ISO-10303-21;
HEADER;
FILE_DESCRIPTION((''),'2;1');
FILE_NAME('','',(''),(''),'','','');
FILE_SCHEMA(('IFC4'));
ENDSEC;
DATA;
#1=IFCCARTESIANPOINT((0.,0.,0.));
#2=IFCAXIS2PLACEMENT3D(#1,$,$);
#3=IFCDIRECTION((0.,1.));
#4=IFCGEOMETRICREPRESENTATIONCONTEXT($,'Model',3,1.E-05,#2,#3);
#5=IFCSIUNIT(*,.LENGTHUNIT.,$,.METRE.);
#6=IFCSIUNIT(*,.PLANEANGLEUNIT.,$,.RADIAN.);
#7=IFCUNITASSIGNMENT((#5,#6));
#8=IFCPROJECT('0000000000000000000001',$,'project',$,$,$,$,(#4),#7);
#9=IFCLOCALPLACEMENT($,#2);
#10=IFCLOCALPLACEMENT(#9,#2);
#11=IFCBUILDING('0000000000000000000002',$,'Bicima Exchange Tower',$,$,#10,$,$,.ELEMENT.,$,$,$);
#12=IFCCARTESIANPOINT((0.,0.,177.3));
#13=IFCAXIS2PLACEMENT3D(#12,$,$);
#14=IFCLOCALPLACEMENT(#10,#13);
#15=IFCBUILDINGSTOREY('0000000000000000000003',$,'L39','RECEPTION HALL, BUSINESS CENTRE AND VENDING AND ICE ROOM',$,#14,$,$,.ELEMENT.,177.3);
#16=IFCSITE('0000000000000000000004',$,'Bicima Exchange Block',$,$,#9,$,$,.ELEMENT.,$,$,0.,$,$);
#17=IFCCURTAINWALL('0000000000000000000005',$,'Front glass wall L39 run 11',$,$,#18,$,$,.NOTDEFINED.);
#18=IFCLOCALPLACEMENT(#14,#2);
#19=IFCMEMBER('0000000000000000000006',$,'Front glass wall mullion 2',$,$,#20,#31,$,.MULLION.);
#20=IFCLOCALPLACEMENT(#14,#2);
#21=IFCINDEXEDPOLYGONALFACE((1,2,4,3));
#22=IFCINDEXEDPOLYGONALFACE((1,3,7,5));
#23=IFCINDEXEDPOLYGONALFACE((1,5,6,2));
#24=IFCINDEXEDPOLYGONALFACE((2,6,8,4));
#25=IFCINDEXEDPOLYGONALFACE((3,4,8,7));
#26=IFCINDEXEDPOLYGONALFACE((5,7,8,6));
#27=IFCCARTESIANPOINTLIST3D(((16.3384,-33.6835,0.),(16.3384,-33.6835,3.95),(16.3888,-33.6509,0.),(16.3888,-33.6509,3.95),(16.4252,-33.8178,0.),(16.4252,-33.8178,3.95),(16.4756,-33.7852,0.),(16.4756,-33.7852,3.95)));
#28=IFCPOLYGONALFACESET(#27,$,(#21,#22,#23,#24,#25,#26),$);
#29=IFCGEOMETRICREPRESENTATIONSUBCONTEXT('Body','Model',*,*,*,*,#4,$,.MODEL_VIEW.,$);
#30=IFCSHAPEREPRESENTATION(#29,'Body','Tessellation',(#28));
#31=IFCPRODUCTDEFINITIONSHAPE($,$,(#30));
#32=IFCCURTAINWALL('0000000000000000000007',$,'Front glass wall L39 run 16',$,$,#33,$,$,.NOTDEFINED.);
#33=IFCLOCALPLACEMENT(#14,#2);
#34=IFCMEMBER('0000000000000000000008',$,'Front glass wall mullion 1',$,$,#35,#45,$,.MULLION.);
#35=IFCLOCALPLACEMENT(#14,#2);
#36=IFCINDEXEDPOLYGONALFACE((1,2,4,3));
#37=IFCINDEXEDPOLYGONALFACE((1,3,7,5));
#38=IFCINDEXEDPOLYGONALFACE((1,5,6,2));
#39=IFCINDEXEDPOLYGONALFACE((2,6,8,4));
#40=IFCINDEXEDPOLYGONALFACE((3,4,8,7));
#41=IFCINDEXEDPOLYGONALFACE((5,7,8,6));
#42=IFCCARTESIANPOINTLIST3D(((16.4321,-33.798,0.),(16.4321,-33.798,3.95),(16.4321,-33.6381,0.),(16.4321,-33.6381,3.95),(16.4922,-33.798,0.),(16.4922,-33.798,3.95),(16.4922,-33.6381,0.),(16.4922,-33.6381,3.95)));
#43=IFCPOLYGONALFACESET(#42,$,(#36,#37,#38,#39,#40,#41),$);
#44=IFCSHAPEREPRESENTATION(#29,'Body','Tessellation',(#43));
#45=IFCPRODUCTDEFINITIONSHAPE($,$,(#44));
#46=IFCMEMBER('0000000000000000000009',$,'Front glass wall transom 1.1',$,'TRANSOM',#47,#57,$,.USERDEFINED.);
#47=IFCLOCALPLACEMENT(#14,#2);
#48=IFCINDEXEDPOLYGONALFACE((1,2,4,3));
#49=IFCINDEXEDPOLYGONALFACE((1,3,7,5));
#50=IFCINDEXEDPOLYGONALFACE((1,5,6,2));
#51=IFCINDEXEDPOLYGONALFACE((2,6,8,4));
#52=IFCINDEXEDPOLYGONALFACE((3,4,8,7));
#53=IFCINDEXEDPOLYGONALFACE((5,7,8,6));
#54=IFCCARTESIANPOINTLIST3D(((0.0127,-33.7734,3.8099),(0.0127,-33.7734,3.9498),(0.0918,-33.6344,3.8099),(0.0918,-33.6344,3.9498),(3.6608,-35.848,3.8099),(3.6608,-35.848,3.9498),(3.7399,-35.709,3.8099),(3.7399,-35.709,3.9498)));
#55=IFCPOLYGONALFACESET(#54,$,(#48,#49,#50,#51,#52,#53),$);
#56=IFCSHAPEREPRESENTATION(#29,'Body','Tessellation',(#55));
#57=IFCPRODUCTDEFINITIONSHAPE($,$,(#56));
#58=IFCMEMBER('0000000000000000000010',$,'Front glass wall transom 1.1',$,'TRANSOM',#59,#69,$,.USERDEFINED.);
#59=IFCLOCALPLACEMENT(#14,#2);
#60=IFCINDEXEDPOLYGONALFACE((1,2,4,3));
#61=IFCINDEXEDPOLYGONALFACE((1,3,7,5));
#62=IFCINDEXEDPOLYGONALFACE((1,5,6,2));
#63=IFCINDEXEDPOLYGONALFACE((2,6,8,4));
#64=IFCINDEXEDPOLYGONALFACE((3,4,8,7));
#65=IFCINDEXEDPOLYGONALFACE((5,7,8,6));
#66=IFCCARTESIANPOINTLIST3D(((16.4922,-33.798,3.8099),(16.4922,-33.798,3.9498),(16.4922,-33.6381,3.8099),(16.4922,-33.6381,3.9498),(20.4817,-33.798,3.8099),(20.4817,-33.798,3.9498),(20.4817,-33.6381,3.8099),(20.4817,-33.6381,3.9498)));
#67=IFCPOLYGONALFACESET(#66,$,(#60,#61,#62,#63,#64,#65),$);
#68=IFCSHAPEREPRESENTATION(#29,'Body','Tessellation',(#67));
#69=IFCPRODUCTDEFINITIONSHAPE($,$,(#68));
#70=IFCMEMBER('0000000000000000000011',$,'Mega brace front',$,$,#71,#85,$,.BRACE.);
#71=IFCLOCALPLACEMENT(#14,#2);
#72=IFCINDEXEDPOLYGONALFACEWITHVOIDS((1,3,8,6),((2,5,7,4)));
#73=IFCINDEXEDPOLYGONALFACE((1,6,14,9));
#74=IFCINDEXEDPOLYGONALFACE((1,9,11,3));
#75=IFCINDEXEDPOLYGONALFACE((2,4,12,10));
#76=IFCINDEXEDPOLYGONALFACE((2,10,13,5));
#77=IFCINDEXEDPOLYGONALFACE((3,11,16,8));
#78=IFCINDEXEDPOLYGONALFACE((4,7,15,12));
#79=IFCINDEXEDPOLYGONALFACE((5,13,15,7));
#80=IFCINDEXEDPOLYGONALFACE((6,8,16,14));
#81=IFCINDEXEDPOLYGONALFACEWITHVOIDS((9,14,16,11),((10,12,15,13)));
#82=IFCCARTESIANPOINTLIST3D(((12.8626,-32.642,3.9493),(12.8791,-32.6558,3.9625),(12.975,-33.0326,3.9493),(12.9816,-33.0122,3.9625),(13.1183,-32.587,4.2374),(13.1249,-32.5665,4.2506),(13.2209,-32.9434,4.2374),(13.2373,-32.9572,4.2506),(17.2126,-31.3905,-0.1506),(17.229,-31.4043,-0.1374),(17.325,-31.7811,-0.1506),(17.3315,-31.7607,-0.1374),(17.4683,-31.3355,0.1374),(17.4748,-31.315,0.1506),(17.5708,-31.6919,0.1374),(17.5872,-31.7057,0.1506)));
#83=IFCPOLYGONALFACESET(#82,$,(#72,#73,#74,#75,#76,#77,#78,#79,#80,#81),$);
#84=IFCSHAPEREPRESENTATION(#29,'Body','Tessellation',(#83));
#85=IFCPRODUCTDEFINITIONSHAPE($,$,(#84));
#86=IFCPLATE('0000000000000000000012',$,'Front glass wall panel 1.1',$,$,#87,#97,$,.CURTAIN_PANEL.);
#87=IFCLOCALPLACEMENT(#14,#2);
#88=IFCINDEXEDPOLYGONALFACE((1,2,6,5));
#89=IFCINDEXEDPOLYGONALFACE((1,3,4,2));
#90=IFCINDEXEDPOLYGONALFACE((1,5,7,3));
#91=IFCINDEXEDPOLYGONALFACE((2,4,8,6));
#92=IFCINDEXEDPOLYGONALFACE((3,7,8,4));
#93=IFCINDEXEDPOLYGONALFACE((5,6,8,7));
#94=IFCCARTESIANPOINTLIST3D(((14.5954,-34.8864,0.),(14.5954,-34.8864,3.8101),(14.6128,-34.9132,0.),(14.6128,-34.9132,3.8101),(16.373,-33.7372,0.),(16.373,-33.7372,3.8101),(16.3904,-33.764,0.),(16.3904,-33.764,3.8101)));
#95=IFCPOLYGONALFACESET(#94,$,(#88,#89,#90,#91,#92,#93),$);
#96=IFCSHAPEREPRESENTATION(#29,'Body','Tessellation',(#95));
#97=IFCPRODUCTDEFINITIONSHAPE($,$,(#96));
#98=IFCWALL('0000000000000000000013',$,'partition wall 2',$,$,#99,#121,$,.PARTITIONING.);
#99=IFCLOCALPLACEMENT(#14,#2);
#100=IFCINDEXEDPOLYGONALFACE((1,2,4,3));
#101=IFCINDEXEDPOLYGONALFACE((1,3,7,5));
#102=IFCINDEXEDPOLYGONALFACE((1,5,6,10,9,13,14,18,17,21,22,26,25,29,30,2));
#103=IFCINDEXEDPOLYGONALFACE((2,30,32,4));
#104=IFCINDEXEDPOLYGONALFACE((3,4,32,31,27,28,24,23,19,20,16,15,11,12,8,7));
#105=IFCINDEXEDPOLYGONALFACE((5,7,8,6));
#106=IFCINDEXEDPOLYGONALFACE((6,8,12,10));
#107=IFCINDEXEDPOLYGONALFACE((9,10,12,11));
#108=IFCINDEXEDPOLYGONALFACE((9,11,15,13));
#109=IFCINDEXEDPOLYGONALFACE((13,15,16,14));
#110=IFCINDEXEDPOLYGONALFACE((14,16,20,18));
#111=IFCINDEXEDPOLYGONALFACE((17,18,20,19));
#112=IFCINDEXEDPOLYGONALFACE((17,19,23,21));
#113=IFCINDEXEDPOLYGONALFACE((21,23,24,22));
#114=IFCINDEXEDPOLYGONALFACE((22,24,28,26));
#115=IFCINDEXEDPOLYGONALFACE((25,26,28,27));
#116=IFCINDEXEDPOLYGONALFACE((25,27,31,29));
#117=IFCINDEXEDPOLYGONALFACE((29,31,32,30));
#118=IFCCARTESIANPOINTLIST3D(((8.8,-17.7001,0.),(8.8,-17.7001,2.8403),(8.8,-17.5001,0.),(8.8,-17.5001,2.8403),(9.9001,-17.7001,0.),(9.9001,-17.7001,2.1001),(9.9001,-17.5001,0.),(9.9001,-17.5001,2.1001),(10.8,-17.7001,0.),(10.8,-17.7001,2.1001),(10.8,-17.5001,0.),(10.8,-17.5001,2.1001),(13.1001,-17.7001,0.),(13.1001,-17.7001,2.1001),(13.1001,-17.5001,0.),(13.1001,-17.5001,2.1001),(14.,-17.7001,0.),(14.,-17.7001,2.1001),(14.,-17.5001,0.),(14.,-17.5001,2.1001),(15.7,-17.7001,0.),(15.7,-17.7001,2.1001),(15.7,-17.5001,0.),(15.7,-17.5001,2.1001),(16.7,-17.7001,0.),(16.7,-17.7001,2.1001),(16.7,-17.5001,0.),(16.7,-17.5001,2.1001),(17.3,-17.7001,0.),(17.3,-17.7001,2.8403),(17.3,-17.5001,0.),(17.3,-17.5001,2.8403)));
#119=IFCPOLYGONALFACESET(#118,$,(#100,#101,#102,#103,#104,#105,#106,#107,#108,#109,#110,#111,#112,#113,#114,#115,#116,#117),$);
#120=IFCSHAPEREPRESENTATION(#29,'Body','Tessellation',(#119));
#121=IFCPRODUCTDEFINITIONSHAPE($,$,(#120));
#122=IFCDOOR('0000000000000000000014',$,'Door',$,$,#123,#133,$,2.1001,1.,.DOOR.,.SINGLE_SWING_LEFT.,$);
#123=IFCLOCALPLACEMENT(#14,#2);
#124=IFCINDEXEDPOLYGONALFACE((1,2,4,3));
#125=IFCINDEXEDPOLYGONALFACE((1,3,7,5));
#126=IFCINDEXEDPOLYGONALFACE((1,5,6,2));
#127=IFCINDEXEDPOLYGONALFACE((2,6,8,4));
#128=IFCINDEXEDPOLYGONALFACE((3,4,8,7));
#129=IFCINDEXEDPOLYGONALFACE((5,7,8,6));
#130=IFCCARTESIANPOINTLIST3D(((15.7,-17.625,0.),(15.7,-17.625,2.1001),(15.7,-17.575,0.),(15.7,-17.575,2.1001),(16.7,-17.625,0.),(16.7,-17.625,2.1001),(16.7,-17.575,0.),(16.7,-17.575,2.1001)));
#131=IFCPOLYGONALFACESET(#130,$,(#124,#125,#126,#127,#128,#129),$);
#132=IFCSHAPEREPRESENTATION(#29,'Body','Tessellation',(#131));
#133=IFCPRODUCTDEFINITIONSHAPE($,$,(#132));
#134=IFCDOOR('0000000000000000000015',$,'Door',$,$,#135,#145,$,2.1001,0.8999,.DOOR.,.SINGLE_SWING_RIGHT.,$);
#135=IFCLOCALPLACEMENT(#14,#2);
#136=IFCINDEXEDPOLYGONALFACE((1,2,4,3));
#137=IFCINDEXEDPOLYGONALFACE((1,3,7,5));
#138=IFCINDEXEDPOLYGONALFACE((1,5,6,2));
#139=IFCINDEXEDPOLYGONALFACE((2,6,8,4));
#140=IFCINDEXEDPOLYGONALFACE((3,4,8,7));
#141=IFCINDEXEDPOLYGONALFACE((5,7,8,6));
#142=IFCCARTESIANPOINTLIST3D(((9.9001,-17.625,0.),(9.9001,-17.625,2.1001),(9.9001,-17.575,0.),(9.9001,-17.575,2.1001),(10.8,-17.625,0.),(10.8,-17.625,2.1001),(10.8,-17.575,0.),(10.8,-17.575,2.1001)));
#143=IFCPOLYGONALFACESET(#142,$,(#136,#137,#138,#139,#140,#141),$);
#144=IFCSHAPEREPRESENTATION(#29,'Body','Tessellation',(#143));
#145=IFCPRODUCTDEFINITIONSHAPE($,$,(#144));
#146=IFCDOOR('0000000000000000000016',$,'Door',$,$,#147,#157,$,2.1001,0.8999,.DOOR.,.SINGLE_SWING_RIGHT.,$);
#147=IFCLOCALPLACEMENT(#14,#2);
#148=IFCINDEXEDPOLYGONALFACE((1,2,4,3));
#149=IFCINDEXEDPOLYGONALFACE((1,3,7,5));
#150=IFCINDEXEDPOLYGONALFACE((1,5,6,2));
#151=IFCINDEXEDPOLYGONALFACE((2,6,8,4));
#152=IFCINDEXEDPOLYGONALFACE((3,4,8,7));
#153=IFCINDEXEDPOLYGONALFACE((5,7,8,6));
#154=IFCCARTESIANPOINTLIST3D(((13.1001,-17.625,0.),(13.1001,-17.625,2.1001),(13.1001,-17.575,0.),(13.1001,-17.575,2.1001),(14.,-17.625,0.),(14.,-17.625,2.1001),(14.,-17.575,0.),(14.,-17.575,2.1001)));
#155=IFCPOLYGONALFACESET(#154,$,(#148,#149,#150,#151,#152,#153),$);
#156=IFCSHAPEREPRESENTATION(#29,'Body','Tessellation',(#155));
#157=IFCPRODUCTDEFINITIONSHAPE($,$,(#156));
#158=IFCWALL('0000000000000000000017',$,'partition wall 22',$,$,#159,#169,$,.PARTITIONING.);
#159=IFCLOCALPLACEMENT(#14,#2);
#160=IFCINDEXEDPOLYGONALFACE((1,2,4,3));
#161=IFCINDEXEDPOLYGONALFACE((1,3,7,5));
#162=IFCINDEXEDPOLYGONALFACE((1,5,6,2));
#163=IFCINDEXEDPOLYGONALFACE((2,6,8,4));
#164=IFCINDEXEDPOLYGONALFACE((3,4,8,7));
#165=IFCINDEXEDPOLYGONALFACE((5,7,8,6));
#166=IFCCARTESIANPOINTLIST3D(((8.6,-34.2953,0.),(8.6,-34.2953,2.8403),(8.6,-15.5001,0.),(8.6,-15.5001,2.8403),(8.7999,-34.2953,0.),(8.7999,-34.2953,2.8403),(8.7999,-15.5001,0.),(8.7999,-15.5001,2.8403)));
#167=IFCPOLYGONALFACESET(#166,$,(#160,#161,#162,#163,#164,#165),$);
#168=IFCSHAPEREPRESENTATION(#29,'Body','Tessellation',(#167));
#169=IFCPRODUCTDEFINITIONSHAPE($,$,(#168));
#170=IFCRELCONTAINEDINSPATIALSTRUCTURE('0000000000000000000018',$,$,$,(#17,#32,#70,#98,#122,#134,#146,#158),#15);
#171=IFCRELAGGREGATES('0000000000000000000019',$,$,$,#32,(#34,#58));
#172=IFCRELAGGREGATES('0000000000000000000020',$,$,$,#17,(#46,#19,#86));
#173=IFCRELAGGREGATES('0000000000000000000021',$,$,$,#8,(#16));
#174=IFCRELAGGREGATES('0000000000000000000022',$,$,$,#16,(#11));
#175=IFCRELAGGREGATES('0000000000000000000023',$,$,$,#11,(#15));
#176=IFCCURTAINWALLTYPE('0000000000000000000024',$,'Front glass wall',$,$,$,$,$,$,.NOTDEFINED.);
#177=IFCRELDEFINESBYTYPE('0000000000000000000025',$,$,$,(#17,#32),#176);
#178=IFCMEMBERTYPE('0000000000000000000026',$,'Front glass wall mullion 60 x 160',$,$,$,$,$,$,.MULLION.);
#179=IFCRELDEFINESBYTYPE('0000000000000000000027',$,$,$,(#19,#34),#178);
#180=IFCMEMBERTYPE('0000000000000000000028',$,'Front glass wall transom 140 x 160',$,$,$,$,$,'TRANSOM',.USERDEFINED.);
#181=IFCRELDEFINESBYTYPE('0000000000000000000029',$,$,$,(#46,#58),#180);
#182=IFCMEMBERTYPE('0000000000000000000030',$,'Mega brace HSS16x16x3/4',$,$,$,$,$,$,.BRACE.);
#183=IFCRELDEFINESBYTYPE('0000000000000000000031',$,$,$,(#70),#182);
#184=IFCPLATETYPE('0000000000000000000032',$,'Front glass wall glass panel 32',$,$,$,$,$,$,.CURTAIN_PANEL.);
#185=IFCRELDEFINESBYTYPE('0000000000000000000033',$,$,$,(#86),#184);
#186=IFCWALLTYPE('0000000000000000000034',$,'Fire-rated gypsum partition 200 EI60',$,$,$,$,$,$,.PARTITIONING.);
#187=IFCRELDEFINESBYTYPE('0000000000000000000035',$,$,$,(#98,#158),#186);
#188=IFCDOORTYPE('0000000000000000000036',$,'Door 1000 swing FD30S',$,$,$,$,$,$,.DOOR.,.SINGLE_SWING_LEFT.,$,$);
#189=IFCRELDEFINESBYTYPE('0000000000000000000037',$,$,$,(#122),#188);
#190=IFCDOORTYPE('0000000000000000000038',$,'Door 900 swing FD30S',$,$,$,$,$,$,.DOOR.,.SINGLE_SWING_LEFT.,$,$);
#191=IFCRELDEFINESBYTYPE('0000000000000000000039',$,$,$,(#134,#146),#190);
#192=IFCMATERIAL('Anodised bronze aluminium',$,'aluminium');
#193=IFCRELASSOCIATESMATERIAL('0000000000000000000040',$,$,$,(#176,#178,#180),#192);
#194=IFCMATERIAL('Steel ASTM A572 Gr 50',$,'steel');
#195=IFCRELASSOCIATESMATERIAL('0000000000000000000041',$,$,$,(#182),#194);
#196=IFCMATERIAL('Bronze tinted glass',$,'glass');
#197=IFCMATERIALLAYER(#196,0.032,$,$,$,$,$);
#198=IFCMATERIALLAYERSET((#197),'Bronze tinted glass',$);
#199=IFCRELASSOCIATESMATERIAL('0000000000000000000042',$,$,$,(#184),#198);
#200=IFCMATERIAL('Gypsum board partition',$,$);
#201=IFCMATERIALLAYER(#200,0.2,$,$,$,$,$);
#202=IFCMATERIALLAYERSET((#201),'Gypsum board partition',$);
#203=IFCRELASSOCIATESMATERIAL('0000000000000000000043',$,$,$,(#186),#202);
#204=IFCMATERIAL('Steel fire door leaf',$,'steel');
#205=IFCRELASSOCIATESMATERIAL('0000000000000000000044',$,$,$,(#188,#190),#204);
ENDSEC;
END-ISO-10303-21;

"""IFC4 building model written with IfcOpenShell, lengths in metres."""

from ifc_helpers import new_model, si_unit, direction, frame, frame_2d, origin, origin_2d, place, context, subcontext, project, spatial, rectangle, hollow_rectangle, extrude, material, layer, layer_set, material_profile, profile_set, type_object, element, fill, aggregate, save


model = new_model("IFC4")

# Units and contexts
model_context = context("Model", 3, precision=1e-05, world=origin(), true_north=direction((0.0, 1.0)))
body_context = subcontext(model_context, "Body", "Model", "MODEL_VIEW")
ifc_project = project(units=[si_unit("LENGTHUNIT", "METRE"), si_unit("PLANEANGLEUNIT", "RADIAN")], contexts=[model_context])

# Site, building, storey
site_placement = place(None, origin())
site = spatial("IfcSite", under=ifc_project, at=site_placement, Name="Bicima Exchange Block", CompositionType="ELEMENT", RefElevation=0.0)
building_placement = place(site_placement, origin())
building = spatial("IfcBuilding", under=site, at=building_placement, Name="Bicima Exchange Tower", CompositionType="ELEMENT")
storey_placement = place(building_placement, frame((0.0, 0.0, 177.3)))
storey = spatial("IfcBuildingStorey", under=building, at=storey_placement, Name="L39", Description="RECEPTION HALL, BUSINESS CENTRE AND VENDING AND ICE ROOM", CompositionType="ELEMENT", Elevation=177.3)

# Curtain wall, member
ifc_material_1 = material(Name="Anodised bronze aluminium", Category="aluminium")
curtain_wall_type = type_object("IfcCurtainWallType", Name="Front glass wall", PredefinedType="NOTDEFINED", material=ifc_material_1)
curtain_wall_1_placement = place(storey_placement, origin())
curtain_wall_1 = element("IfcCurtainWall", 1, at=curtain_wall_1_placement, inside=storey, type_object=curtain_wall_type, Name="Front glass wall L39 run 11", PredefinedType="NOTDEFINED")
ifc_material_profile_1 = material_profile(ifc_material_1, rectangle(XDim=0.1599, YDim=0.0601, at=origin_2d()))
ifc_profile_set_1 = profile_set([ifc_material_profile_1], Name="Anodised bronze aluminium")
member_type_1 = type_object("IfcMemberType", Name="Front glass wall mullion 60 x 160", PredefinedType="MULLION", material=ifc_profile_set_1)
member_1_placement = place(storey_placement, frame((16.407, -33.7344, 0.0), z_axis=(0.0, 0.0, 1.0), x_axis=(-0.542909, 0.839791, 0.0)))
member_1 = element("IfcMember", 2, at=member_1_placement, type_object=member_type_1, Name="Front glass wall mullion 2", PredefinedType="MULLION", context=body_context, shape_type="SweptSolid", body=[
    extrude(rectangle(XDim=0.1599, YDim=0.0601, at=origin_2d()), origin(), (0.0, 0.0, 1.0), 3.95),
])

# Curtain wall, member
curtain_wall_2_placement = place(storey_placement, origin())
curtain_wall_2 = element("IfcCurtainWall", 3, at=curtain_wall_2_placement, inside=storey, type_object=curtain_wall_type, Name="Front glass wall L39 run 16", PredefinedType="NOTDEFINED")
member_2_placement = place(storey_placement, frame((16.4622, -33.718, 0.0), z_axis=(0.0, 0.0, 1.0), x_axis=(0.0, 1.0, 0.0)))
member_2 = element("IfcMember", 4, at=member_2_placement, type_object=member_type_1, Name="Front glass wall mullion 1", PredefinedType="MULLION", context=body_context, shape_type="SweptSolid", body=[
    extrude(rectangle(XDim=0.1599, YDim=0.0601, at=origin_2d()), origin(), (0.0, 0.0, 1.0), 3.95),
])

# Members
ifc_material_profile_2 = material_profile(ifc_material_1, rectangle(XDim=0.1599, YDim=0.1399, at=origin_2d()))
ifc_profile_set_2 = profile_set([ifc_material_profile_2], Name="Anodised bronze aluminium")
member_type_2 = type_object("IfcMemberType", Name="Front glass wall transom 140 x 160", ElementType="TRANSOM", PredefinedType="USERDEFINED", material=ifc_profile_set_2)
member_3_placement = place(storey_placement, frame((0.0522, -33.7039, 3.8799), z_axis=(0.869265, -0.494346, 0.0), x_axis=(0.494346, 0.869265, 0.0)))
member_3 = element("IfcMember", 5, at=member_3_placement, type_object=member_type_2, Name="Front glass wall transom 1.1", ObjectType="TRANSOM", PredefinedType="USERDEFINED", context=body_context, shape_type="SweptSolid", body=[
    extrude(rectangle(XDim=0.1599, YDim=0.1399, at=origin_2d()), origin(), (0.0, 0.0, 1.0), 4.1968),
])
member_4_placement = place(storey_placement, frame((16.4922, -33.718, 3.8799), z_axis=(1.0, 0.0, 0.0), x_axis=(0.0, 1.0, 0.0)))
member_4 = element("IfcMember", 6, at=member_4_placement, type_object=member_type_2, Name="Front glass wall transom 1.1", ObjectType="TRANSOM", PredefinedType="USERDEFINED", context=body_context, shape_type="SweptSolid", body=[
    extrude(rectangle(XDim=0.1599, YDim=0.1399, at=origin_2d()), origin(), (0.0, 0.0, 1.0), 3.9895),
])
aggregate(curtain_wall_2, [member_2, member_4])
ifc_material_2 = material(Name="Steel ASTM A572 Gr 50", Category="steel")
ifc_material_profile_3 = material_profile(ifc_material_2, hollow_rectangle(XDim=0.4065, YDim=0.4065, WallThickness=0.0178, at=origin_2d()))
ifc_profile_set_3 = profile_set([ifc_material_profile_3], Name="Steel ASTM A572 Gr 50")
member_type_3 = type_object("IfcMemberType", Name="Mega brace HSS16x16x3/4", PredefinedType="BRACE", material=ifc_profile_set_3)
member_5_placement = place(storey_placement, frame((17.3999, -31.5481, 0.0), z_axis=(-0.712266, -0.204921, 0.67133), x_axis=(0.276487, -0.961018, 0.0)))
element("IfcMember", 7, at=member_5_placement, inside=storey, type_object=member_type_3, Name="Mega brace front", PredefinedType="BRACE", context=body_context, shape_type="SweptSolid", body=[
    extrude(hollow_rectangle(XDim=0.4065, YDim=0.4065, WallThickness=0.0178, at=origin_2d()), origin(), (0.0, 0.0, 1.0), 6.1072),
])

# Plate
ifc_material_3 = material(Name="Bronze tinted glass", Category="glass")
ifc_layer_1 = layer(ifc_material_3, 0.032)
ifc_layer_set_1 = layer_set([ifc_layer_1], Name="Bronze tinted glass")
plate_type = type_object("IfcPlateType", Name="Front glass wall glass panel 32", PredefinedType="CURTAIN_PANEL", material=ifc_layer_set_1)
plate_placement = place(storey_placement, frame((15.4929, -34.3252, 0.0), z_axis=(0.0, 0.0, 1.0), x_axis=(0.839791, 0.542909, 0.0)))
plate = element("IfcPlate", 8, at=plate_placement, type_object=plate_type, Name="Front glass wall panel 1.1", PredefinedType="CURTAIN_PANEL", context=body_context, shape_type="SweptSolid", body=[
    extrude(rectangle(XDim=2.1167, YDim=0.032, at=origin_2d()), origin(), (0.0, 0.0, 1.0), 3.8101),
])
aggregate(curtain_wall_1, [member_3, member_1, plate])

# Wall, openings, doors
ifc_material_4 = material(Name="Gypsum board partition")
ifc_layer_2 = layer(ifc_material_4, 0.2)
ifc_layer_set_2 = layer_set([ifc_layer_2], Name="Gypsum board partition")
wall_type_1 = type_object("IfcWallType", Name="Fire-rated gypsum partition 200 EI60", PredefinedType="PARTITIONING", material=ifc_layer_set_2)
wall_1_placement = place(storey_placement, frame((8.8, -17.6001, 0.0), z_axis=(0.0, 0.0, 1.0), x_axis=(1.0, 0.0, 0.0)))
wall_1 = element("IfcWall", 9, at=wall_1_placement, inside=storey, type_object=wall_type_1, Name="partition wall 2", PredefinedType="PARTITIONING", context=body_context, shape_type="SweptSolid", body=[
    extrude(rectangle(XDim=8.5, YDim=0.2, at=frame_2d((4.25, 0.0))), origin(), (0.0, 0.0, 1.0), 2.8403),
])
opening_1_placement = place(wall_1_placement, frame((1.1001, 0.0, 0.0)))
opening_1 = element("IfcOpeningElement", 10, at=opening_1_placement, cuts=wall_1, PredefinedType="OPENING", context=body_context, shape_type="SweptSolid", body=[
    extrude(rectangle(XDim=0.8999, YDim=2.1001, at=frame_2d((0.45, 1.05))), frame((0.0, 0.1118, 0.0), z_axis=(0.0, -1.0, 0.0), x_axis=(1.0, 0.0, 0.0)), (0.0, 0.0, 1.0), 0.2239),
])
opening_2_placement = place(wall_1_placement, frame((4.3, 0.0, 0.0)))
opening_2 = element("IfcOpeningElement", 11, at=opening_2_placement, cuts=wall_1, PredefinedType="OPENING", context=body_context, shape_type="SweptSolid", body=[
    extrude(rectangle(XDim=0.8999, YDim=2.1001, at=frame_2d((0.45, 1.05))), frame((0.0, 0.1118, 0.0), z_axis=(0.0, -1.0, 0.0), x_axis=(1.0, 0.0, 0.0)), (0.0, 0.0, 1.0), 0.2239),
])
opening_3_placement = place(wall_1_placement, frame((6.8999, 0.0, 0.0)))
opening_3 = element("IfcOpeningElement", 12, at=opening_3_placement, cuts=wall_1, PredefinedType="OPENING", context=body_context, shape_type="SweptSolid", body=[
    extrude(rectangle(XDim=1.0, YDim=2.1001, at=frame_2d((0.5, 1.05))), frame((0.0, 0.1118, 0.0), z_axis=(0.0, -1.0, 0.0), x_axis=(1.0, 0.0, 0.0)), (0.0, 0.0, 1.0), 0.2239),
])
ifc_material_5 = material(Name="Steel fire door leaf", Category="steel")
door_type_1 = type_object("IfcDoorType", Name="Door 1000 swing FD30S", OperationType="SINGLE_SWING_LEFT", PredefinedType="DOOR", material=ifc_material_5)
door_1_placement = place(opening_3_placement, frame((1.0, 0.0, 0.0), z_axis=(0.0, 0.0, 1.0), x_axis=(-1.0, 0.0, 0.0)))
door_1 = element("IfcDoor", 13, at=door_1_placement, inside=storey, type_object=door_type_1, Name="Door", OperationType="SINGLE_SWING_LEFT", OverallHeight=2.1001, OverallWidth=1.0, PredefinedType="DOOR", context=body_context, shape_type="SweptSolid", body=[
    extrude(rectangle(XDim=1.0, YDim=2.1001, at=frame_2d((0.5, 1.05))), frame((0.0, 0.0249, 0.0), z_axis=(0.0, -1.0, 0.0), x_axis=(1.0, 0.0, 0.0)), (0.0, 0.0, 1.0), 0.05),
])
fill(opening_3, door_1)
door_type_2 = type_object("IfcDoorType", Name="Door 900 swing FD30S", OperationType="SINGLE_SWING_LEFT", PredefinedType="DOOR", material=ifc_material_5)
door_2_placement = place(opening_1_placement, frame((0.8999, 0.0, 0.0), z_axis=(0.0, 0.0, 1.0), x_axis=(-1.0, 0.0, 0.0)))
door_2 = element("IfcDoor", 14, at=door_2_placement, inside=storey, type_object=door_type_2, Name="Door", OperationType="SINGLE_SWING_RIGHT", OverallHeight=2.1001, OverallWidth=0.8999, PredefinedType="DOOR", context=body_context, shape_type="SweptSolid", body=[
    extrude(rectangle(XDim=0.8999, YDim=2.1001, at=frame_2d((0.45, 1.05))), frame((0.0, 0.0249, 0.0), z_axis=(0.0, -1.0, 0.0), x_axis=(1.0, 0.0, 0.0)), (0.0, 0.0, 1.0), 0.05),
])
fill(opening_1, door_2)
door_3_placement = place(opening_2_placement, frame((0.8999, 0.0, 0.0), z_axis=(0.0, 0.0, 1.0), x_axis=(-1.0, 0.0, 0.0)))
door_3 = element("IfcDoor", 15, at=door_3_placement, inside=storey, type_object=door_type_2, Name="Door", OperationType="SINGLE_SWING_RIGHT", OverallHeight=2.1001, OverallWidth=0.8999, PredefinedType="DOOR", context=body_context, shape_type="SweptSolid", body=[
    extrude(rectangle(XDim=0.8999, YDim=2.1001, at=frame_2d((0.45, 1.05))), frame((0.0, 0.0249, 0.0), z_axis=(0.0, -1.0, 0.0), x_axis=(1.0, 0.0, 0.0)), (0.0, 0.0, 1.0), 0.05),
])
fill(opening_2, door_3)

# Wall
wall_2_placement = place(storey_placement, frame((8.7, -34.2952, 0.0), z_axis=(0.0, 0.0, 1.0), x_axis=(0.0, 1.0, 0.0)))
element("IfcWall", 16, at=wall_2_placement, inside=storey, type_object=wall_type_1, Name="partition wall 22", PredefinedType="PARTITIONING", context=body_context, shape_type="SweptSolid", body=[
    extrude(rectangle(XDim=18.7952, YDim=0.2, at=frame_2d((9.3975, 0.0))), origin(), (0.0, 0.0, 1.0), 2.8403),
])

save(model, "model.ifc")
